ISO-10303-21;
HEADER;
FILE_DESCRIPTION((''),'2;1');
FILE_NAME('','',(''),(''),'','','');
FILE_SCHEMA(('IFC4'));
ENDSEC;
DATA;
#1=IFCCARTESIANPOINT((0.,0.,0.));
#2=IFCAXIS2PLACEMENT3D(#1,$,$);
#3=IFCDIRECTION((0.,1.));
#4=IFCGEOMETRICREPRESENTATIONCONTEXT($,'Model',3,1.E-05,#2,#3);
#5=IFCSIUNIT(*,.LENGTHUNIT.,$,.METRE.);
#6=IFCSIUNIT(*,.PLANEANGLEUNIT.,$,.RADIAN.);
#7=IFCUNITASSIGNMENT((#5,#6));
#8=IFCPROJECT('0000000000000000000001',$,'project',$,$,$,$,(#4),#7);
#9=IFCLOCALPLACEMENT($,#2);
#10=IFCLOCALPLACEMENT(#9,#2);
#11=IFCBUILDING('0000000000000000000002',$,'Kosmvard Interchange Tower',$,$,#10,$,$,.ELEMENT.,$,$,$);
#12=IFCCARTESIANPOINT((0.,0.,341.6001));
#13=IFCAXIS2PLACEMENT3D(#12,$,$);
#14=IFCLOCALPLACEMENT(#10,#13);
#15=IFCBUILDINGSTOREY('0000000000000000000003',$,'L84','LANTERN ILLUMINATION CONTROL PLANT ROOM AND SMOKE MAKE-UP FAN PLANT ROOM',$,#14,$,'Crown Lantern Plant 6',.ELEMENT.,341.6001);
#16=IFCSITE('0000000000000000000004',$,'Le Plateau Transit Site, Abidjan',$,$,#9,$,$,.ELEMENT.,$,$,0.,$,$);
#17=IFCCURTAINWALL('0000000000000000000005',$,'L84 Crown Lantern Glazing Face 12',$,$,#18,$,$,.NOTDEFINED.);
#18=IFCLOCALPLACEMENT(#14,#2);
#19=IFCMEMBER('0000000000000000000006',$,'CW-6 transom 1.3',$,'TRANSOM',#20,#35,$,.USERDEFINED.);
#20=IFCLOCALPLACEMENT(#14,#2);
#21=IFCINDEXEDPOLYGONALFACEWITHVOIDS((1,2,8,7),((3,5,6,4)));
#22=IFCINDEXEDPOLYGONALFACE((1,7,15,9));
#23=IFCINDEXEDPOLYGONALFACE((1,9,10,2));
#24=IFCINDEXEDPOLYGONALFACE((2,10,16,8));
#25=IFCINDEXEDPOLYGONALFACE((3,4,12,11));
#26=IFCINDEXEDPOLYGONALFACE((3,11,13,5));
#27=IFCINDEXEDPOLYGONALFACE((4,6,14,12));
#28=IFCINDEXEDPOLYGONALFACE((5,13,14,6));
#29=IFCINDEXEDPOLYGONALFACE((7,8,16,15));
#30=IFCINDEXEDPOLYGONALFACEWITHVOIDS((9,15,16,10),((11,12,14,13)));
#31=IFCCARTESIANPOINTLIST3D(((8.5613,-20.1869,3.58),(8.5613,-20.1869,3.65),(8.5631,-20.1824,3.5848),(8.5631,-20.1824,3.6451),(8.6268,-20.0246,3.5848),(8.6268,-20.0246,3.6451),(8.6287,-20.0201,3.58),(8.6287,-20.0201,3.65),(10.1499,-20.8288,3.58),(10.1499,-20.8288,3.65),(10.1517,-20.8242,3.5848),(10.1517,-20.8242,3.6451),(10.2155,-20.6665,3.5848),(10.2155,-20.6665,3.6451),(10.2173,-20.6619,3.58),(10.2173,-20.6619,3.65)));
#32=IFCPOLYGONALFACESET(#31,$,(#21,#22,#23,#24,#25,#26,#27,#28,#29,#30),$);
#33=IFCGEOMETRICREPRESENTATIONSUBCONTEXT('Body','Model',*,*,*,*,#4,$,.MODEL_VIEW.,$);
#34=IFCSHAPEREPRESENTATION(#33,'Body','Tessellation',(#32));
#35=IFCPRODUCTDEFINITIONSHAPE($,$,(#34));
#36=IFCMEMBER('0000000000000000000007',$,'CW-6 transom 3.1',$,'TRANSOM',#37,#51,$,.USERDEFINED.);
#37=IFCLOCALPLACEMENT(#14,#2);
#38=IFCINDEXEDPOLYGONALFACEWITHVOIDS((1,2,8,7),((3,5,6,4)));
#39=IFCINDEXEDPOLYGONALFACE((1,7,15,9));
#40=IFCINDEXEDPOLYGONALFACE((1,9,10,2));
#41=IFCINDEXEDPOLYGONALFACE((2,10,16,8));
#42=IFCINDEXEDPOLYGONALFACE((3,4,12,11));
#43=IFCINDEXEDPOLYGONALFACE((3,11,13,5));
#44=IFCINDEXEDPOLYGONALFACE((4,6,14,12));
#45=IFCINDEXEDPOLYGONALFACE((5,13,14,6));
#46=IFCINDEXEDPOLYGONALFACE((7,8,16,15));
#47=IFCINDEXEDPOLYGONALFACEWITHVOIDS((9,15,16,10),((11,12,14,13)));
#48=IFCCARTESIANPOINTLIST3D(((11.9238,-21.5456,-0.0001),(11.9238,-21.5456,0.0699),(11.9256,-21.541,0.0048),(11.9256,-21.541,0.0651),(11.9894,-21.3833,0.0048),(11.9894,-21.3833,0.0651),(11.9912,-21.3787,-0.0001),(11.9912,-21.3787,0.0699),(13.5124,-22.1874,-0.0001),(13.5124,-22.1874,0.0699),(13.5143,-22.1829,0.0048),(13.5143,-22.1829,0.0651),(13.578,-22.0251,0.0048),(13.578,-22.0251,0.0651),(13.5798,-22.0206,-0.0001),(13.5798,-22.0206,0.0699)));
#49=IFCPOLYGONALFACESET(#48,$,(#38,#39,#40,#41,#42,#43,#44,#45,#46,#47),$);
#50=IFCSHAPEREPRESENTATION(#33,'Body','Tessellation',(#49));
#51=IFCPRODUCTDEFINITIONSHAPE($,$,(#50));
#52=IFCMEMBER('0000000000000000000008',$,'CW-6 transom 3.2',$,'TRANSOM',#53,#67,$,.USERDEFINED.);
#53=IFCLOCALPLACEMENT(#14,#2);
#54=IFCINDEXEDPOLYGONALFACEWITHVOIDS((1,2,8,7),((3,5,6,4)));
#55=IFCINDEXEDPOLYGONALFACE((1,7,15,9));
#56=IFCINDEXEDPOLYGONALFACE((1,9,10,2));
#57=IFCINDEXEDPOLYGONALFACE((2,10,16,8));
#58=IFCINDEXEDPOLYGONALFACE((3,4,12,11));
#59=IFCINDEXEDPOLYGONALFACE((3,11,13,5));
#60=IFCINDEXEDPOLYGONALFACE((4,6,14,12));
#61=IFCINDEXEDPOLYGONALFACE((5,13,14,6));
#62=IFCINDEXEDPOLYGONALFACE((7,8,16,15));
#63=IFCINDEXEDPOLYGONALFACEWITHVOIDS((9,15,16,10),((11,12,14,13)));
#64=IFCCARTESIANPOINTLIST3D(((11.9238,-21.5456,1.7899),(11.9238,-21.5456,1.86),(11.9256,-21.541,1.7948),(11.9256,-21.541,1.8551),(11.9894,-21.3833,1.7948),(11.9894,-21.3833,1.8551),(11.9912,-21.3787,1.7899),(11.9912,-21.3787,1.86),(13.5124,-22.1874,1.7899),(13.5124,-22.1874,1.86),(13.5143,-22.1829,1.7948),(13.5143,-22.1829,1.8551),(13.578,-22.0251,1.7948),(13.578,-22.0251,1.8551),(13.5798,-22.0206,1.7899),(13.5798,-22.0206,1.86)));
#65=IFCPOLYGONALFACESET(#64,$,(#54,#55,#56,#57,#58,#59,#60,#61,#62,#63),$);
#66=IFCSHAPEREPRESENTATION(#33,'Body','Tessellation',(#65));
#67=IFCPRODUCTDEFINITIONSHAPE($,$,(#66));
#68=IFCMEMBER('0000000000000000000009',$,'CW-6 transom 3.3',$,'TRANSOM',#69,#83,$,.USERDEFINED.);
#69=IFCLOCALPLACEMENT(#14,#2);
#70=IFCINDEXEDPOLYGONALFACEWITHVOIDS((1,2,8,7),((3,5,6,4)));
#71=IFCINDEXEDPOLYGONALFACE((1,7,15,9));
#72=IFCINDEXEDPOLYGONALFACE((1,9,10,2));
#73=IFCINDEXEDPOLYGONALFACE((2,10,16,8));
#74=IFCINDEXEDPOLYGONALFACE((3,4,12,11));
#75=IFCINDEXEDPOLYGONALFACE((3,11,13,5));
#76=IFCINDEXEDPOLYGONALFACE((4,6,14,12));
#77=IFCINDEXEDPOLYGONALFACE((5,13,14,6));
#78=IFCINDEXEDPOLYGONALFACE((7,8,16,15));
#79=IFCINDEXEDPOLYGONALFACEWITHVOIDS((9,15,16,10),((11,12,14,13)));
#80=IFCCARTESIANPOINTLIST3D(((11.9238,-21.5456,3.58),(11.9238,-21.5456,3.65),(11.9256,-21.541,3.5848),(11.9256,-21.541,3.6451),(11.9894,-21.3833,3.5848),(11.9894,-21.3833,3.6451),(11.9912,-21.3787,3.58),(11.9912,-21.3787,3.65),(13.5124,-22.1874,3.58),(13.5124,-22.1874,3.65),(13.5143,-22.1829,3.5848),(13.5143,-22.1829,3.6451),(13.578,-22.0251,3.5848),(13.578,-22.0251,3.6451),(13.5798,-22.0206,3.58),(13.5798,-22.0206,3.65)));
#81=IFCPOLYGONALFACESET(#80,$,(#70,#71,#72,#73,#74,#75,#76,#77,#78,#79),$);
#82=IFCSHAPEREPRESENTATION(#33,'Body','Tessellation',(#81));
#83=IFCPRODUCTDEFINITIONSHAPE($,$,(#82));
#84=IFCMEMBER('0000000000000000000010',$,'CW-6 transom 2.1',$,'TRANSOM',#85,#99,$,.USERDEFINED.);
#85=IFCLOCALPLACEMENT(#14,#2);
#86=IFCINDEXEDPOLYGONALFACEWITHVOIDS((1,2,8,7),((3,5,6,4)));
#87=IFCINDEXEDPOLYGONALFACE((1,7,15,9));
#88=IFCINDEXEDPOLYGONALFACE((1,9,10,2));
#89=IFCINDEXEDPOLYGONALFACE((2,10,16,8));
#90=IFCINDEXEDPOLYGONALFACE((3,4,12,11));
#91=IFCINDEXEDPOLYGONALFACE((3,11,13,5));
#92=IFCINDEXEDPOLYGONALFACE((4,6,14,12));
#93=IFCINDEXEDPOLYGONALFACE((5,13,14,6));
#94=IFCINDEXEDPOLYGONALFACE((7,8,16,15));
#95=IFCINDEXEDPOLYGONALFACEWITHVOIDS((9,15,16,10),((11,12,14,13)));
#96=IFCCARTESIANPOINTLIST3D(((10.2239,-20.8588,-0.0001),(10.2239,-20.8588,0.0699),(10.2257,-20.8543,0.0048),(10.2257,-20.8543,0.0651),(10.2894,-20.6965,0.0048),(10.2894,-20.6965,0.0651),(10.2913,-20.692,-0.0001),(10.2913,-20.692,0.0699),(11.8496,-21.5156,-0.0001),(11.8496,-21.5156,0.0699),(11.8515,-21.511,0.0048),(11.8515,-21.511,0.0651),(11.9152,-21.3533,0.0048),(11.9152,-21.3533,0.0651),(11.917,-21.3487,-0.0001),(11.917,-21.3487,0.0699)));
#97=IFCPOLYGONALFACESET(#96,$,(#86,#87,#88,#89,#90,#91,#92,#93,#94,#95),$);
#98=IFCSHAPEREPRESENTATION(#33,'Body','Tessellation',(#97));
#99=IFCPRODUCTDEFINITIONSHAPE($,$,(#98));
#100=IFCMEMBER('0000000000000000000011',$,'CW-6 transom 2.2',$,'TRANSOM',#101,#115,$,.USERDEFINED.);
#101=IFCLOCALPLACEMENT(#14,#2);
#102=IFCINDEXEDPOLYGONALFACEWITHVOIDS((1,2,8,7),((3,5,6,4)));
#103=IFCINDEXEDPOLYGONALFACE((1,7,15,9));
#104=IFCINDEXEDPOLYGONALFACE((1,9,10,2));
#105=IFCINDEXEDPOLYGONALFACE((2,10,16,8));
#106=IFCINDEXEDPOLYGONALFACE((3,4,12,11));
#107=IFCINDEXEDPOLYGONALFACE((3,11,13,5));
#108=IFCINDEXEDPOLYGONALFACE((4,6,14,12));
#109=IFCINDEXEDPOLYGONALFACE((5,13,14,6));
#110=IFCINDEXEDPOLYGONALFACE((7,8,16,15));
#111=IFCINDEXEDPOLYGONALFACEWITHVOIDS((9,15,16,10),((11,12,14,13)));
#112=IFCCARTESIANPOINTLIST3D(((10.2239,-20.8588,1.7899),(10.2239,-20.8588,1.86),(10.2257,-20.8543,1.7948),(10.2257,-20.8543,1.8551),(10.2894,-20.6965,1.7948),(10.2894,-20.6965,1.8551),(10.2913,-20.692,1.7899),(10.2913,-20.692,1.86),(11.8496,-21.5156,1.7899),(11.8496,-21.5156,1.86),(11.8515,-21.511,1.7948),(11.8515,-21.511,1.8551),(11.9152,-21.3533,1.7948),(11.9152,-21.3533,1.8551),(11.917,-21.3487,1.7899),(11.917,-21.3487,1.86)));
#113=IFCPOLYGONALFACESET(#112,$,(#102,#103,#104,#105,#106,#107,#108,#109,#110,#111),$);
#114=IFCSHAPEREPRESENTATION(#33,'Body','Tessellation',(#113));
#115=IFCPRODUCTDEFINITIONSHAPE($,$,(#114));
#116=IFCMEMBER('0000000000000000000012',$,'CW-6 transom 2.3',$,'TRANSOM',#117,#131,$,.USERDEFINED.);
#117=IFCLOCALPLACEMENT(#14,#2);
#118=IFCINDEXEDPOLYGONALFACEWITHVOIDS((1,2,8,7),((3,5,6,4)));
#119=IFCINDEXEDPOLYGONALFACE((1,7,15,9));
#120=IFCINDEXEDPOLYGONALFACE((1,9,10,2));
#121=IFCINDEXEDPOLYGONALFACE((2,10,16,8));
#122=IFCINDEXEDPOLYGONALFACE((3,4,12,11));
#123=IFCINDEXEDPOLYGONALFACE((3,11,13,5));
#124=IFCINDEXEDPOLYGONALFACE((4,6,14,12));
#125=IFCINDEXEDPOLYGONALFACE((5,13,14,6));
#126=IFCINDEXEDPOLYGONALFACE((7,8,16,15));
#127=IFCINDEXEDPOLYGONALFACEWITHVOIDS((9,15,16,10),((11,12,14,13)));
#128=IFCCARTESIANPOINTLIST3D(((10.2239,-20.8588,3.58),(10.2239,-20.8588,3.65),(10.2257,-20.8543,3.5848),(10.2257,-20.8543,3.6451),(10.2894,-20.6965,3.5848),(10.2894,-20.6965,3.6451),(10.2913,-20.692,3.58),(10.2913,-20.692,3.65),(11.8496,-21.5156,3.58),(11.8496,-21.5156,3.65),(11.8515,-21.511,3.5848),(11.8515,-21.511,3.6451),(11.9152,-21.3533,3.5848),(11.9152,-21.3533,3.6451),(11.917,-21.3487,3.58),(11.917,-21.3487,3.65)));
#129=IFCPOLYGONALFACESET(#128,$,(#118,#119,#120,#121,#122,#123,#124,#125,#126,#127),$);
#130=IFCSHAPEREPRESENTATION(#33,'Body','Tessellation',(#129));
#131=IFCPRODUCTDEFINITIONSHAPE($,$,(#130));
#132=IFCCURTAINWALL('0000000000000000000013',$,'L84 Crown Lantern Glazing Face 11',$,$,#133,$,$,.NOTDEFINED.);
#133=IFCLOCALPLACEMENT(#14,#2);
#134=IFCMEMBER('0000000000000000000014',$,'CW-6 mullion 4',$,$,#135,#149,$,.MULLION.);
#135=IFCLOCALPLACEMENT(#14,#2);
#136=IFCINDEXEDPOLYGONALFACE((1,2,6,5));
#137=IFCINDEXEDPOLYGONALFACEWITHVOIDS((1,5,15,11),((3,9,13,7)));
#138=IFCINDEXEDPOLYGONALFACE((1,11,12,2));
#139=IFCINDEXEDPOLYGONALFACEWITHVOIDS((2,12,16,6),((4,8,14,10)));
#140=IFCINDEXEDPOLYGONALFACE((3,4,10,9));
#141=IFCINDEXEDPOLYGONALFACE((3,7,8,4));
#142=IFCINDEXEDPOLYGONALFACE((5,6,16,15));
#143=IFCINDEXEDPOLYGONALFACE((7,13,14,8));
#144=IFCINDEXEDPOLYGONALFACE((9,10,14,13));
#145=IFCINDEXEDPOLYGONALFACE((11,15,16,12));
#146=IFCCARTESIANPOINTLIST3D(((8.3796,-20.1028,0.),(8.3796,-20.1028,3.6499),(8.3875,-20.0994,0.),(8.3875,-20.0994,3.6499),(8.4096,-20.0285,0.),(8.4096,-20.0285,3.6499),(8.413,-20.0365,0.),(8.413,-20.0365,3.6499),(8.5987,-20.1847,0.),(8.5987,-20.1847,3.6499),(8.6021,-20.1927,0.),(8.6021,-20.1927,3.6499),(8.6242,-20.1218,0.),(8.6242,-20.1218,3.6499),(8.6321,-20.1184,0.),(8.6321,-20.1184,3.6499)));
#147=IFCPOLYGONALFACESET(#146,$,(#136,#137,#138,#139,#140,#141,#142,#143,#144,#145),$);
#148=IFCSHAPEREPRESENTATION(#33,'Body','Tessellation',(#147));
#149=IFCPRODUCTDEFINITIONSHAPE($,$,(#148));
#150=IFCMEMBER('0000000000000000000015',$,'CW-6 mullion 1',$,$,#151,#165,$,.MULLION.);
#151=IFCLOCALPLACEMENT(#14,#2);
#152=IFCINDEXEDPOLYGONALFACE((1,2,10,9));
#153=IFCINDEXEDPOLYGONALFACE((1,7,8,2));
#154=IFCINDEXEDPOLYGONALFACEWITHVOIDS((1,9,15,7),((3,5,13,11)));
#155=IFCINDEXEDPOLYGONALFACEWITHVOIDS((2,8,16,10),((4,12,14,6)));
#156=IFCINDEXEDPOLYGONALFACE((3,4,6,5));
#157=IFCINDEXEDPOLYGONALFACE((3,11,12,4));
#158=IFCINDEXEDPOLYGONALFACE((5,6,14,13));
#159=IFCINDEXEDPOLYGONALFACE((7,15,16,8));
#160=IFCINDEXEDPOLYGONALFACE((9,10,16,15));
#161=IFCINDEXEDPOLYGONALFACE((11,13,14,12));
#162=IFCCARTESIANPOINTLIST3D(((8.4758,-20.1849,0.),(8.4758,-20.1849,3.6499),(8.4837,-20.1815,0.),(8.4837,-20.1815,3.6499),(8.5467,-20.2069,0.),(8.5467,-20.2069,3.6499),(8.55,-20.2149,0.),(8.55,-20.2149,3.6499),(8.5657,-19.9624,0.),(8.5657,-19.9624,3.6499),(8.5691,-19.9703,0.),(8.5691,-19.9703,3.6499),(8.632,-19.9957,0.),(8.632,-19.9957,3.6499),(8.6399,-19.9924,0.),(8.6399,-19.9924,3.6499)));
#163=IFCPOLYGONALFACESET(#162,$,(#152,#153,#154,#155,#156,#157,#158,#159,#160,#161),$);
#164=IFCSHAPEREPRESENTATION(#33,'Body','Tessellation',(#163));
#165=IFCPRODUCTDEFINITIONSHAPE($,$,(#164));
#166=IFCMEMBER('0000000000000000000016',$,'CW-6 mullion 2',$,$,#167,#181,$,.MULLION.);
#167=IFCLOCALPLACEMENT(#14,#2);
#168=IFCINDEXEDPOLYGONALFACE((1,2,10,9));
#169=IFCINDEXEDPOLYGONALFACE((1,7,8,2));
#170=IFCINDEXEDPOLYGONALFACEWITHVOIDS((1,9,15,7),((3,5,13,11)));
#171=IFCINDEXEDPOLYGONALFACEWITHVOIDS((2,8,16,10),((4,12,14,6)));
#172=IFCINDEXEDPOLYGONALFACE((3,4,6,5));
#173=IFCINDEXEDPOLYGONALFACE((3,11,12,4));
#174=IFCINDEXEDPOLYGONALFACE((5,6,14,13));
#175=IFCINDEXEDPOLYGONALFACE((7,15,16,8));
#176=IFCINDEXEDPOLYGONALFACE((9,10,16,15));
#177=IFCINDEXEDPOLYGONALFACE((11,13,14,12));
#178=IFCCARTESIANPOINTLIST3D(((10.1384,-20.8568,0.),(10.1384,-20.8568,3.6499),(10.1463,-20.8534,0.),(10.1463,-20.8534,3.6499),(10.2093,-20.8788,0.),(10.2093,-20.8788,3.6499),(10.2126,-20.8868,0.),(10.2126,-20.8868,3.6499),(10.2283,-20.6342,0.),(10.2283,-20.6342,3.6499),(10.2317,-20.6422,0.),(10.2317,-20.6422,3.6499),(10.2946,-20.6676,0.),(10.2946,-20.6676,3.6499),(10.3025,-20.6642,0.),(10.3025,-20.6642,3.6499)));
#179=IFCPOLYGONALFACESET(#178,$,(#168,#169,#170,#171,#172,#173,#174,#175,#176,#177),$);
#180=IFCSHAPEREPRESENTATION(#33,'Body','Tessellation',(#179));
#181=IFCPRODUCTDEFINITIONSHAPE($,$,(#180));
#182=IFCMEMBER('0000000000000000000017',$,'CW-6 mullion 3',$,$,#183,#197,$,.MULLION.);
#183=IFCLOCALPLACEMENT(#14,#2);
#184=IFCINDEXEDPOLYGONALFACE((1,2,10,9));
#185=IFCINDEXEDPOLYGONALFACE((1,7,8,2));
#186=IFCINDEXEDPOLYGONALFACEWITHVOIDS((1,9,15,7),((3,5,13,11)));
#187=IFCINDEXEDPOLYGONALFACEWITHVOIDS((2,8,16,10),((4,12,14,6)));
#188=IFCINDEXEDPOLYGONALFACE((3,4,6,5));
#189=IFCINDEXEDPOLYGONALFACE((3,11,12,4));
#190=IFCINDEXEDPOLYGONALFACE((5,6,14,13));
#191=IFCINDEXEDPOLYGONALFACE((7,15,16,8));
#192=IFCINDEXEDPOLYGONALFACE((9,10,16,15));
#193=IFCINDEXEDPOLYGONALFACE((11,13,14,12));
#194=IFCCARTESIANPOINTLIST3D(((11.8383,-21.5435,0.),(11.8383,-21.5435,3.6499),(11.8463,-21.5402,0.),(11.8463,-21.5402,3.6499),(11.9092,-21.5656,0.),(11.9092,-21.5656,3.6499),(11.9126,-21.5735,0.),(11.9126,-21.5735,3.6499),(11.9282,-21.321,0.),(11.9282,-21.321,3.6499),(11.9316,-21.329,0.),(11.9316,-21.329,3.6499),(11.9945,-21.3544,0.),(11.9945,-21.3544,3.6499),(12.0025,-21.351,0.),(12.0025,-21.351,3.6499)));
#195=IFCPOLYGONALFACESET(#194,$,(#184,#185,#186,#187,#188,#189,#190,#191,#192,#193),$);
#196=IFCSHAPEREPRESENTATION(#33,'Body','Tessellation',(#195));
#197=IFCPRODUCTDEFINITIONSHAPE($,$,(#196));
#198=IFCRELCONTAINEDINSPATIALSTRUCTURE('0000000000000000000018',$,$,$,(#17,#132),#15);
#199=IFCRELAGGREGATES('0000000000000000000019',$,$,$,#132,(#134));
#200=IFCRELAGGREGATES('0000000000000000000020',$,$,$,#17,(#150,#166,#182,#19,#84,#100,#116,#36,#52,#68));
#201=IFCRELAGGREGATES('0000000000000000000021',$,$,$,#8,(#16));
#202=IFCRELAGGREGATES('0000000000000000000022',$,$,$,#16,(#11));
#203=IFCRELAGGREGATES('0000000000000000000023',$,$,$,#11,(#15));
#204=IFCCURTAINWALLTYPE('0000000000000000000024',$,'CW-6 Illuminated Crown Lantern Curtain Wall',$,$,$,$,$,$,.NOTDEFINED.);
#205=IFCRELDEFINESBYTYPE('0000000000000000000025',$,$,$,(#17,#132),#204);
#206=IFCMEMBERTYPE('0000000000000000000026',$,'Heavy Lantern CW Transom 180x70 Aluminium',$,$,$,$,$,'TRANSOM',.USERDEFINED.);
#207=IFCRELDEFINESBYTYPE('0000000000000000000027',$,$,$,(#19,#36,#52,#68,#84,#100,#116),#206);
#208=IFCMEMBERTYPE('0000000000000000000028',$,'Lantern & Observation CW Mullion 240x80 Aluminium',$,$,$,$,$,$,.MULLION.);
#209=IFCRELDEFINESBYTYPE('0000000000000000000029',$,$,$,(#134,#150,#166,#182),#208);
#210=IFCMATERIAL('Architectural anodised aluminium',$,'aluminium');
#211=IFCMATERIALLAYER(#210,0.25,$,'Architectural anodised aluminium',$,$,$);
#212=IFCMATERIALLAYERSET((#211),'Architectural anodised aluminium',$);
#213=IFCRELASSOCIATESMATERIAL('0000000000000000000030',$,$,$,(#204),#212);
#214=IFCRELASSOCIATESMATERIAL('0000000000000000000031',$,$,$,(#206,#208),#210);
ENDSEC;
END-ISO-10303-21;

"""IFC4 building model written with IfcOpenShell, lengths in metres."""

from ifc_helpers import new_model, si_unit, direction, frame, origin, origin_2d, place, context, subcontext, project, spatial, hollow_rectangle, extrude, source, transform, mapped, material, layer, layer_set, material_profile, profile_set, type_object, element, aggregate, save


model = new_model("IFC4")

# Units and contexts
model_context = context("Model", 3, precision=1e-05, world=origin(), true_north=direction((0.0, 1.0)))
body_context = subcontext(model_context, "Body", "Model", "MODEL_VIEW")
ifc_project = project(units=[si_unit("LENGTHUNIT", "METRE"), si_unit("PLANEANGLEUNIT", "RADIAN")], contexts=[model_context])

# Site, building, storey
site_placement = place(None, origin())
site = spatial("IfcSite", under=ifc_project, at=site_placement, Name="Le Plateau Transit Site, Abidjan", CompositionType="ELEMENT", RefElevation=0.0)
building_placement = place(site_placement, origin())
building = spatial("IfcBuilding", under=site, at=building_placement, Name="Kosmvard Interchange Tower", CompositionType="ELEMENT")
storey_placement = place(building_placement, frame((0.0, 0.0, 341.6001)))
storey = spatial("IfcBuildingStorey", under=building, at=storey_placement, Name="L84", Description="LANTERN ILLUMINATION CONTROL PLANT ROOM AND SMOKE MAKE-UP FAN PLANT ROOM", LongName="Crown Lantern Plant 6", CompositionType="ELEMENT", Elevation=341.6001)

# Curtain wall, members
ifc_material_1 = material(Name="Architectural anodised aluminium", Category="aluminium")
ifc_layer_1 = layer(ifc_material_1, 0.25, Name="Architectural anodised aluminium")
ifc_layer_set_1 = layer_set([ifc_layer_1], Name="Architectural anodised aluminium")
curtain_wall_type = type_object("IfcCurtainWallType", Name="CW-6 Illuminated Crown Lantern Curtain Wall", PredefinedType="NOTDEFINED", material=ifc_layer_set_1)
curtain_wall_1_placement = place(storey_placement, origin())
curtain_wall_1 = element("IfcCurtainWall", 1, at=curtain_wall_1_placement, inside=storey, type_object=curtain_wall_type, Name="L84 Crown Lantern Glazing Face 12", PredefinedType="NOTDEFINED")
ifc_material_profile_1 = material_profile(ifc_material_1, hollow_rectangle(XDim=0.1799, YDim=0.0701, WallThickness=0.0049, at=origin_2d()), Name="CWT 180x70x5")
ifc_profile_set_1 = profile_set([ifc_material_profile_1], Name="Architectural anodised aluminium")
member_type_1 = type_object("IfcMemberType", Name="Heavy Lantern CW Transom 180x70 Aluminium", ElementType="TRANSOM", PredefinedType="USERDEFINED", material=ifc_profile_set_1)
shared_shape_1 = source(origin(), body_context, "Body", "SweptSolid", [
    extrude(hollow_rectangle(XDim=0.1799, YDim=0.0701, WallThickness=0.0049, at=origin_2d()), origin(), (0.0, 0.0, 1.0), 1.7134),
])
member_1_placement = place(storey_placement, frame((8.595, -20.1035, 3.615), z_axis=(0.927184, -0.374607, 0.0), x_axis=(0.374607, 0.927184, 0.0)))
member_1 = element("IfcMember", 2, at=member_1_placement, type_object=member_type_1, Name="CW-6 transom 1.3", ObjectType="TRANSOM", PredefinedType="USERDEFINED", context=body_context, shape_type="MappedRepresentation", body=[
    mapped(shared_shape_1, transform((0.0, 0.0, 0.0), scale=1.0)),
])
member_2_placement = place(storey_placement, frame((11.9575, -21.4622, 0.0349), z_axis=(0.927184, -0.374607, 0.0), x_axis=(0.374607, 0.927184, 0.0)))
member_2 = element("IfcMember", 3, at=member_2_placement, type_object=member_type_1, Name="CW-6 transom 3.1", ObjectType="TRANSOM", PredefinedType="USERDEFINED", context=body_context, shape_type="MappedRepresentation", body=[
    mapped(shared_shape_1, transform((0.0, 0.0, 0.0), scale=1.0)),
])
member_3_placement = place(storey_placement, frame((11.9575, -21.4622, 1.825), z_axis=(0.927184, -0.374607, 0.0), x_axis=(0.374607, 0.927184, 0.0)))
member_3 = element("IfcMember", 4, at=member_3_placement, type_object=member_type_1, Name="CW-6 transom 3.2", ObjectType="TRANSOM", PredefinedType="USERDEFINED", context=body_context, shape_type="MappedRepresentation", body=[
    mapped(shared_shape_1, transform((0.0, 0.0, 0.0), scale=1.0)),
])
member_4_placement = place(storey_placement, frame((11.9575, -21.4622, 3.615), z_axis=(0.927184, -0.374607, 0.0), x_axis=(0.374607, 0.927184, 0.0)))
member_4 = element("IfcMember", 5, at=member_4_placement, type_object=member_type_1, Name="CW-6 transom 3.3", ObjectType="TRANSOM", PredefinedType="USERDEFINED", context=body_context, shape_type="MappedRepresentation", body=[
    mapped(shared_shape_1, transform((0.0, 0.0, 0.0), scale=1.0)),
])
shared_shape_2 = source(origin(), body_context, "Body", "SweptSolid", [
    extrude(hollow_rectangle(XDim=0.1799, YDim=0.0701, WallThickness=0.0049, at=origin_2d()), origin(), (0.0, 0.0, 1.0), 1.7534),
])
member_5_placement = place(storey_placement, frame((10.2576, -20.7754, 0.0349), z_axis=(0.927204, -0.374557, 0.0), x_axis=(0.374557, 0.927204, 0.0)))
member_5 = element("IfcMember", 6, at=member_5_placement, type_object=member_type_1, Name="CW-6 transom 2.1", ObjectType="TRANSOM", PredefinedType="USERDEFINED", context=body_context, shape_type="MappedRepresentation", body=[
    mapped(shared_shape_2, transform((0.0, 0.0, 0.0), scale=1.0)),
])
member_6_placement = place(storey_placement, frame((10.2576, -20.7754, 1.825), z_axis=(0.927204, -0.374557, 0.0), x_axis=(0.374557, 0.927204, 0.0)))
member_6 = element("IfcMember", 7, at=member_6_placement, type_object=member_type_1, Name="CW-6 transom 2.2", ObjectType="TRANSOM", PredefinedType="USERDEFINED", context=body_context, shape_type="MappedRepresentation", body=[
    mapped(shared_shape_2, transform((0.0, 0.0, 0.0), scale=1.0)),
])
member_7_placement = place(storey_placement, frame((10.2576, -20.7754, 3.615), z_axis=(0.927204, -0.374557, 0.0), x_axis=(0.374557, 0.927204, 0.0)))
member_7 = element("IfcMember", 8, at=member_7_placement, type_object=member_type_1, Name="CW-6 transom 2.3", ObjectType="TRANSOM", PredefinedType="USERDEFINED", context=body_context, shape_type="MappedRepresentation", body=[
    mapped(shared_shape_2, transform((0.0, 0.0, 0.0), scale=1.0)),
])

# Curtain wall, member
curtain_wall_2_placement = place(storey_placement, origin())
curtain_wall_2 = element("IfcCurtainWall", 9, at=curtain_wall_2_placement, inside=storey, type_object=curtain_wall_type, Name="L84 Crown Lantern Glazing Face 11", PredefinedType="NOTDEFINED")
ifc_material_profile_2 = material_profile(ifc_material_1, hollow_rectangle(XDim=0.24, YDim=0.0801, WallThickness=0.0061, at=origin_2d()), Name="CWM 240x80x6")
ifc_profile_set_2 = profile_set([ifc_material_profile_2], Name="Architectural anodised aluminium")
member_type_2 = type_object("IfcMemberType", Name="Lantern & Observation CW Mullion 240x80 Aluminium", PredefinedType="MULLION", material=ifc_profile_set_2)
shared_shape_3 = source(origin(), body_context, "Body", "SweptSolid", [
    extrude(hollow_rectangle(XDim=0.24, YDim=0.0801, WallThickness=0.0061, at=origin_2d()), origin(), (0.0, 0.0, 1.0), 3.6499),
])
member_8_placement = place(storey_placement, frame((8.5059, -20.1106, 0.0), z_axis=(0.0, 0.0, 1.0), x_axis=(-0.927184, 0.374607, 0.0)))
member_8 = element("IfcMember", 10, at=member_8_placement, type_object=member_type_2, Name="CW-6 mullion 4", PredefinedType="MULLION", context=body_context, shape_type="MappedRepresentation", body=[
    mapped(shared_shape_3, transform((0.0, 0.0, 0.0), scale=1.0)),
])
aggregate(curtain_wall_2, [member_8])

# Members
member_9_placement = place(storey_placement, frame((8.5579, -20.0886, 0.0), z_axis=(0.0, 0.0, 1.0), x_axis=(0.374607, 0.927184, 0.0)))
member_9 = element("IfcMember", 11, at=member_9_placement, type_object=member_type_2, Name="CW-6 mullion 1", PredefinedType="MULLION", context=body_context, shape_type="MappedRepresentation", body=[
    mapped(shared_shape_3, transform((0.0, 0.0, 0.0), scale=1.0)),
])
member_10_placement = place(storey_placement, frame((10.2205, -20.7605, 0.0), z_axis=(0.0, 0.0, 1.0), x_axis=(0.374607, 0.927184, 0.0)))
member_10 = element("IfcMember", 12, at=member_10_placement, type_object=member_type_2, Name="CW-6 mullion 2", PredefinedType="MULLION", context=body_context, shape_type="MappedRepresentation", body=[
    mapped(shared_shape_3, transform((0.0, 0.0, 0.0), scale=1.0)),
])
member_11_placement = place(storey_placement, frame((11.9204, -21.4473, 0.0), z_axis=(0.0, 0.0, 1.0), x_axis=(0.374607, 0.927184, 0.0)))
member_11 = element("IfcMember", 13, at=member_11_placement, type_object=member_type_2, Name="CW-6 mullion 3", PredefinedType="MULLION", context=body_context, shape_type="MappedRepresentation", body=[
    mapped(shared_shape_3, transform((0.0, 0.0, 0.0), scale=1.0)),
])

aggregate(curtain_wall_1, [member_9, member_10, member_11, member_1, member_5, member_6, member_7, member_2, member_3, member_4])

save(model, "model.ifc")
